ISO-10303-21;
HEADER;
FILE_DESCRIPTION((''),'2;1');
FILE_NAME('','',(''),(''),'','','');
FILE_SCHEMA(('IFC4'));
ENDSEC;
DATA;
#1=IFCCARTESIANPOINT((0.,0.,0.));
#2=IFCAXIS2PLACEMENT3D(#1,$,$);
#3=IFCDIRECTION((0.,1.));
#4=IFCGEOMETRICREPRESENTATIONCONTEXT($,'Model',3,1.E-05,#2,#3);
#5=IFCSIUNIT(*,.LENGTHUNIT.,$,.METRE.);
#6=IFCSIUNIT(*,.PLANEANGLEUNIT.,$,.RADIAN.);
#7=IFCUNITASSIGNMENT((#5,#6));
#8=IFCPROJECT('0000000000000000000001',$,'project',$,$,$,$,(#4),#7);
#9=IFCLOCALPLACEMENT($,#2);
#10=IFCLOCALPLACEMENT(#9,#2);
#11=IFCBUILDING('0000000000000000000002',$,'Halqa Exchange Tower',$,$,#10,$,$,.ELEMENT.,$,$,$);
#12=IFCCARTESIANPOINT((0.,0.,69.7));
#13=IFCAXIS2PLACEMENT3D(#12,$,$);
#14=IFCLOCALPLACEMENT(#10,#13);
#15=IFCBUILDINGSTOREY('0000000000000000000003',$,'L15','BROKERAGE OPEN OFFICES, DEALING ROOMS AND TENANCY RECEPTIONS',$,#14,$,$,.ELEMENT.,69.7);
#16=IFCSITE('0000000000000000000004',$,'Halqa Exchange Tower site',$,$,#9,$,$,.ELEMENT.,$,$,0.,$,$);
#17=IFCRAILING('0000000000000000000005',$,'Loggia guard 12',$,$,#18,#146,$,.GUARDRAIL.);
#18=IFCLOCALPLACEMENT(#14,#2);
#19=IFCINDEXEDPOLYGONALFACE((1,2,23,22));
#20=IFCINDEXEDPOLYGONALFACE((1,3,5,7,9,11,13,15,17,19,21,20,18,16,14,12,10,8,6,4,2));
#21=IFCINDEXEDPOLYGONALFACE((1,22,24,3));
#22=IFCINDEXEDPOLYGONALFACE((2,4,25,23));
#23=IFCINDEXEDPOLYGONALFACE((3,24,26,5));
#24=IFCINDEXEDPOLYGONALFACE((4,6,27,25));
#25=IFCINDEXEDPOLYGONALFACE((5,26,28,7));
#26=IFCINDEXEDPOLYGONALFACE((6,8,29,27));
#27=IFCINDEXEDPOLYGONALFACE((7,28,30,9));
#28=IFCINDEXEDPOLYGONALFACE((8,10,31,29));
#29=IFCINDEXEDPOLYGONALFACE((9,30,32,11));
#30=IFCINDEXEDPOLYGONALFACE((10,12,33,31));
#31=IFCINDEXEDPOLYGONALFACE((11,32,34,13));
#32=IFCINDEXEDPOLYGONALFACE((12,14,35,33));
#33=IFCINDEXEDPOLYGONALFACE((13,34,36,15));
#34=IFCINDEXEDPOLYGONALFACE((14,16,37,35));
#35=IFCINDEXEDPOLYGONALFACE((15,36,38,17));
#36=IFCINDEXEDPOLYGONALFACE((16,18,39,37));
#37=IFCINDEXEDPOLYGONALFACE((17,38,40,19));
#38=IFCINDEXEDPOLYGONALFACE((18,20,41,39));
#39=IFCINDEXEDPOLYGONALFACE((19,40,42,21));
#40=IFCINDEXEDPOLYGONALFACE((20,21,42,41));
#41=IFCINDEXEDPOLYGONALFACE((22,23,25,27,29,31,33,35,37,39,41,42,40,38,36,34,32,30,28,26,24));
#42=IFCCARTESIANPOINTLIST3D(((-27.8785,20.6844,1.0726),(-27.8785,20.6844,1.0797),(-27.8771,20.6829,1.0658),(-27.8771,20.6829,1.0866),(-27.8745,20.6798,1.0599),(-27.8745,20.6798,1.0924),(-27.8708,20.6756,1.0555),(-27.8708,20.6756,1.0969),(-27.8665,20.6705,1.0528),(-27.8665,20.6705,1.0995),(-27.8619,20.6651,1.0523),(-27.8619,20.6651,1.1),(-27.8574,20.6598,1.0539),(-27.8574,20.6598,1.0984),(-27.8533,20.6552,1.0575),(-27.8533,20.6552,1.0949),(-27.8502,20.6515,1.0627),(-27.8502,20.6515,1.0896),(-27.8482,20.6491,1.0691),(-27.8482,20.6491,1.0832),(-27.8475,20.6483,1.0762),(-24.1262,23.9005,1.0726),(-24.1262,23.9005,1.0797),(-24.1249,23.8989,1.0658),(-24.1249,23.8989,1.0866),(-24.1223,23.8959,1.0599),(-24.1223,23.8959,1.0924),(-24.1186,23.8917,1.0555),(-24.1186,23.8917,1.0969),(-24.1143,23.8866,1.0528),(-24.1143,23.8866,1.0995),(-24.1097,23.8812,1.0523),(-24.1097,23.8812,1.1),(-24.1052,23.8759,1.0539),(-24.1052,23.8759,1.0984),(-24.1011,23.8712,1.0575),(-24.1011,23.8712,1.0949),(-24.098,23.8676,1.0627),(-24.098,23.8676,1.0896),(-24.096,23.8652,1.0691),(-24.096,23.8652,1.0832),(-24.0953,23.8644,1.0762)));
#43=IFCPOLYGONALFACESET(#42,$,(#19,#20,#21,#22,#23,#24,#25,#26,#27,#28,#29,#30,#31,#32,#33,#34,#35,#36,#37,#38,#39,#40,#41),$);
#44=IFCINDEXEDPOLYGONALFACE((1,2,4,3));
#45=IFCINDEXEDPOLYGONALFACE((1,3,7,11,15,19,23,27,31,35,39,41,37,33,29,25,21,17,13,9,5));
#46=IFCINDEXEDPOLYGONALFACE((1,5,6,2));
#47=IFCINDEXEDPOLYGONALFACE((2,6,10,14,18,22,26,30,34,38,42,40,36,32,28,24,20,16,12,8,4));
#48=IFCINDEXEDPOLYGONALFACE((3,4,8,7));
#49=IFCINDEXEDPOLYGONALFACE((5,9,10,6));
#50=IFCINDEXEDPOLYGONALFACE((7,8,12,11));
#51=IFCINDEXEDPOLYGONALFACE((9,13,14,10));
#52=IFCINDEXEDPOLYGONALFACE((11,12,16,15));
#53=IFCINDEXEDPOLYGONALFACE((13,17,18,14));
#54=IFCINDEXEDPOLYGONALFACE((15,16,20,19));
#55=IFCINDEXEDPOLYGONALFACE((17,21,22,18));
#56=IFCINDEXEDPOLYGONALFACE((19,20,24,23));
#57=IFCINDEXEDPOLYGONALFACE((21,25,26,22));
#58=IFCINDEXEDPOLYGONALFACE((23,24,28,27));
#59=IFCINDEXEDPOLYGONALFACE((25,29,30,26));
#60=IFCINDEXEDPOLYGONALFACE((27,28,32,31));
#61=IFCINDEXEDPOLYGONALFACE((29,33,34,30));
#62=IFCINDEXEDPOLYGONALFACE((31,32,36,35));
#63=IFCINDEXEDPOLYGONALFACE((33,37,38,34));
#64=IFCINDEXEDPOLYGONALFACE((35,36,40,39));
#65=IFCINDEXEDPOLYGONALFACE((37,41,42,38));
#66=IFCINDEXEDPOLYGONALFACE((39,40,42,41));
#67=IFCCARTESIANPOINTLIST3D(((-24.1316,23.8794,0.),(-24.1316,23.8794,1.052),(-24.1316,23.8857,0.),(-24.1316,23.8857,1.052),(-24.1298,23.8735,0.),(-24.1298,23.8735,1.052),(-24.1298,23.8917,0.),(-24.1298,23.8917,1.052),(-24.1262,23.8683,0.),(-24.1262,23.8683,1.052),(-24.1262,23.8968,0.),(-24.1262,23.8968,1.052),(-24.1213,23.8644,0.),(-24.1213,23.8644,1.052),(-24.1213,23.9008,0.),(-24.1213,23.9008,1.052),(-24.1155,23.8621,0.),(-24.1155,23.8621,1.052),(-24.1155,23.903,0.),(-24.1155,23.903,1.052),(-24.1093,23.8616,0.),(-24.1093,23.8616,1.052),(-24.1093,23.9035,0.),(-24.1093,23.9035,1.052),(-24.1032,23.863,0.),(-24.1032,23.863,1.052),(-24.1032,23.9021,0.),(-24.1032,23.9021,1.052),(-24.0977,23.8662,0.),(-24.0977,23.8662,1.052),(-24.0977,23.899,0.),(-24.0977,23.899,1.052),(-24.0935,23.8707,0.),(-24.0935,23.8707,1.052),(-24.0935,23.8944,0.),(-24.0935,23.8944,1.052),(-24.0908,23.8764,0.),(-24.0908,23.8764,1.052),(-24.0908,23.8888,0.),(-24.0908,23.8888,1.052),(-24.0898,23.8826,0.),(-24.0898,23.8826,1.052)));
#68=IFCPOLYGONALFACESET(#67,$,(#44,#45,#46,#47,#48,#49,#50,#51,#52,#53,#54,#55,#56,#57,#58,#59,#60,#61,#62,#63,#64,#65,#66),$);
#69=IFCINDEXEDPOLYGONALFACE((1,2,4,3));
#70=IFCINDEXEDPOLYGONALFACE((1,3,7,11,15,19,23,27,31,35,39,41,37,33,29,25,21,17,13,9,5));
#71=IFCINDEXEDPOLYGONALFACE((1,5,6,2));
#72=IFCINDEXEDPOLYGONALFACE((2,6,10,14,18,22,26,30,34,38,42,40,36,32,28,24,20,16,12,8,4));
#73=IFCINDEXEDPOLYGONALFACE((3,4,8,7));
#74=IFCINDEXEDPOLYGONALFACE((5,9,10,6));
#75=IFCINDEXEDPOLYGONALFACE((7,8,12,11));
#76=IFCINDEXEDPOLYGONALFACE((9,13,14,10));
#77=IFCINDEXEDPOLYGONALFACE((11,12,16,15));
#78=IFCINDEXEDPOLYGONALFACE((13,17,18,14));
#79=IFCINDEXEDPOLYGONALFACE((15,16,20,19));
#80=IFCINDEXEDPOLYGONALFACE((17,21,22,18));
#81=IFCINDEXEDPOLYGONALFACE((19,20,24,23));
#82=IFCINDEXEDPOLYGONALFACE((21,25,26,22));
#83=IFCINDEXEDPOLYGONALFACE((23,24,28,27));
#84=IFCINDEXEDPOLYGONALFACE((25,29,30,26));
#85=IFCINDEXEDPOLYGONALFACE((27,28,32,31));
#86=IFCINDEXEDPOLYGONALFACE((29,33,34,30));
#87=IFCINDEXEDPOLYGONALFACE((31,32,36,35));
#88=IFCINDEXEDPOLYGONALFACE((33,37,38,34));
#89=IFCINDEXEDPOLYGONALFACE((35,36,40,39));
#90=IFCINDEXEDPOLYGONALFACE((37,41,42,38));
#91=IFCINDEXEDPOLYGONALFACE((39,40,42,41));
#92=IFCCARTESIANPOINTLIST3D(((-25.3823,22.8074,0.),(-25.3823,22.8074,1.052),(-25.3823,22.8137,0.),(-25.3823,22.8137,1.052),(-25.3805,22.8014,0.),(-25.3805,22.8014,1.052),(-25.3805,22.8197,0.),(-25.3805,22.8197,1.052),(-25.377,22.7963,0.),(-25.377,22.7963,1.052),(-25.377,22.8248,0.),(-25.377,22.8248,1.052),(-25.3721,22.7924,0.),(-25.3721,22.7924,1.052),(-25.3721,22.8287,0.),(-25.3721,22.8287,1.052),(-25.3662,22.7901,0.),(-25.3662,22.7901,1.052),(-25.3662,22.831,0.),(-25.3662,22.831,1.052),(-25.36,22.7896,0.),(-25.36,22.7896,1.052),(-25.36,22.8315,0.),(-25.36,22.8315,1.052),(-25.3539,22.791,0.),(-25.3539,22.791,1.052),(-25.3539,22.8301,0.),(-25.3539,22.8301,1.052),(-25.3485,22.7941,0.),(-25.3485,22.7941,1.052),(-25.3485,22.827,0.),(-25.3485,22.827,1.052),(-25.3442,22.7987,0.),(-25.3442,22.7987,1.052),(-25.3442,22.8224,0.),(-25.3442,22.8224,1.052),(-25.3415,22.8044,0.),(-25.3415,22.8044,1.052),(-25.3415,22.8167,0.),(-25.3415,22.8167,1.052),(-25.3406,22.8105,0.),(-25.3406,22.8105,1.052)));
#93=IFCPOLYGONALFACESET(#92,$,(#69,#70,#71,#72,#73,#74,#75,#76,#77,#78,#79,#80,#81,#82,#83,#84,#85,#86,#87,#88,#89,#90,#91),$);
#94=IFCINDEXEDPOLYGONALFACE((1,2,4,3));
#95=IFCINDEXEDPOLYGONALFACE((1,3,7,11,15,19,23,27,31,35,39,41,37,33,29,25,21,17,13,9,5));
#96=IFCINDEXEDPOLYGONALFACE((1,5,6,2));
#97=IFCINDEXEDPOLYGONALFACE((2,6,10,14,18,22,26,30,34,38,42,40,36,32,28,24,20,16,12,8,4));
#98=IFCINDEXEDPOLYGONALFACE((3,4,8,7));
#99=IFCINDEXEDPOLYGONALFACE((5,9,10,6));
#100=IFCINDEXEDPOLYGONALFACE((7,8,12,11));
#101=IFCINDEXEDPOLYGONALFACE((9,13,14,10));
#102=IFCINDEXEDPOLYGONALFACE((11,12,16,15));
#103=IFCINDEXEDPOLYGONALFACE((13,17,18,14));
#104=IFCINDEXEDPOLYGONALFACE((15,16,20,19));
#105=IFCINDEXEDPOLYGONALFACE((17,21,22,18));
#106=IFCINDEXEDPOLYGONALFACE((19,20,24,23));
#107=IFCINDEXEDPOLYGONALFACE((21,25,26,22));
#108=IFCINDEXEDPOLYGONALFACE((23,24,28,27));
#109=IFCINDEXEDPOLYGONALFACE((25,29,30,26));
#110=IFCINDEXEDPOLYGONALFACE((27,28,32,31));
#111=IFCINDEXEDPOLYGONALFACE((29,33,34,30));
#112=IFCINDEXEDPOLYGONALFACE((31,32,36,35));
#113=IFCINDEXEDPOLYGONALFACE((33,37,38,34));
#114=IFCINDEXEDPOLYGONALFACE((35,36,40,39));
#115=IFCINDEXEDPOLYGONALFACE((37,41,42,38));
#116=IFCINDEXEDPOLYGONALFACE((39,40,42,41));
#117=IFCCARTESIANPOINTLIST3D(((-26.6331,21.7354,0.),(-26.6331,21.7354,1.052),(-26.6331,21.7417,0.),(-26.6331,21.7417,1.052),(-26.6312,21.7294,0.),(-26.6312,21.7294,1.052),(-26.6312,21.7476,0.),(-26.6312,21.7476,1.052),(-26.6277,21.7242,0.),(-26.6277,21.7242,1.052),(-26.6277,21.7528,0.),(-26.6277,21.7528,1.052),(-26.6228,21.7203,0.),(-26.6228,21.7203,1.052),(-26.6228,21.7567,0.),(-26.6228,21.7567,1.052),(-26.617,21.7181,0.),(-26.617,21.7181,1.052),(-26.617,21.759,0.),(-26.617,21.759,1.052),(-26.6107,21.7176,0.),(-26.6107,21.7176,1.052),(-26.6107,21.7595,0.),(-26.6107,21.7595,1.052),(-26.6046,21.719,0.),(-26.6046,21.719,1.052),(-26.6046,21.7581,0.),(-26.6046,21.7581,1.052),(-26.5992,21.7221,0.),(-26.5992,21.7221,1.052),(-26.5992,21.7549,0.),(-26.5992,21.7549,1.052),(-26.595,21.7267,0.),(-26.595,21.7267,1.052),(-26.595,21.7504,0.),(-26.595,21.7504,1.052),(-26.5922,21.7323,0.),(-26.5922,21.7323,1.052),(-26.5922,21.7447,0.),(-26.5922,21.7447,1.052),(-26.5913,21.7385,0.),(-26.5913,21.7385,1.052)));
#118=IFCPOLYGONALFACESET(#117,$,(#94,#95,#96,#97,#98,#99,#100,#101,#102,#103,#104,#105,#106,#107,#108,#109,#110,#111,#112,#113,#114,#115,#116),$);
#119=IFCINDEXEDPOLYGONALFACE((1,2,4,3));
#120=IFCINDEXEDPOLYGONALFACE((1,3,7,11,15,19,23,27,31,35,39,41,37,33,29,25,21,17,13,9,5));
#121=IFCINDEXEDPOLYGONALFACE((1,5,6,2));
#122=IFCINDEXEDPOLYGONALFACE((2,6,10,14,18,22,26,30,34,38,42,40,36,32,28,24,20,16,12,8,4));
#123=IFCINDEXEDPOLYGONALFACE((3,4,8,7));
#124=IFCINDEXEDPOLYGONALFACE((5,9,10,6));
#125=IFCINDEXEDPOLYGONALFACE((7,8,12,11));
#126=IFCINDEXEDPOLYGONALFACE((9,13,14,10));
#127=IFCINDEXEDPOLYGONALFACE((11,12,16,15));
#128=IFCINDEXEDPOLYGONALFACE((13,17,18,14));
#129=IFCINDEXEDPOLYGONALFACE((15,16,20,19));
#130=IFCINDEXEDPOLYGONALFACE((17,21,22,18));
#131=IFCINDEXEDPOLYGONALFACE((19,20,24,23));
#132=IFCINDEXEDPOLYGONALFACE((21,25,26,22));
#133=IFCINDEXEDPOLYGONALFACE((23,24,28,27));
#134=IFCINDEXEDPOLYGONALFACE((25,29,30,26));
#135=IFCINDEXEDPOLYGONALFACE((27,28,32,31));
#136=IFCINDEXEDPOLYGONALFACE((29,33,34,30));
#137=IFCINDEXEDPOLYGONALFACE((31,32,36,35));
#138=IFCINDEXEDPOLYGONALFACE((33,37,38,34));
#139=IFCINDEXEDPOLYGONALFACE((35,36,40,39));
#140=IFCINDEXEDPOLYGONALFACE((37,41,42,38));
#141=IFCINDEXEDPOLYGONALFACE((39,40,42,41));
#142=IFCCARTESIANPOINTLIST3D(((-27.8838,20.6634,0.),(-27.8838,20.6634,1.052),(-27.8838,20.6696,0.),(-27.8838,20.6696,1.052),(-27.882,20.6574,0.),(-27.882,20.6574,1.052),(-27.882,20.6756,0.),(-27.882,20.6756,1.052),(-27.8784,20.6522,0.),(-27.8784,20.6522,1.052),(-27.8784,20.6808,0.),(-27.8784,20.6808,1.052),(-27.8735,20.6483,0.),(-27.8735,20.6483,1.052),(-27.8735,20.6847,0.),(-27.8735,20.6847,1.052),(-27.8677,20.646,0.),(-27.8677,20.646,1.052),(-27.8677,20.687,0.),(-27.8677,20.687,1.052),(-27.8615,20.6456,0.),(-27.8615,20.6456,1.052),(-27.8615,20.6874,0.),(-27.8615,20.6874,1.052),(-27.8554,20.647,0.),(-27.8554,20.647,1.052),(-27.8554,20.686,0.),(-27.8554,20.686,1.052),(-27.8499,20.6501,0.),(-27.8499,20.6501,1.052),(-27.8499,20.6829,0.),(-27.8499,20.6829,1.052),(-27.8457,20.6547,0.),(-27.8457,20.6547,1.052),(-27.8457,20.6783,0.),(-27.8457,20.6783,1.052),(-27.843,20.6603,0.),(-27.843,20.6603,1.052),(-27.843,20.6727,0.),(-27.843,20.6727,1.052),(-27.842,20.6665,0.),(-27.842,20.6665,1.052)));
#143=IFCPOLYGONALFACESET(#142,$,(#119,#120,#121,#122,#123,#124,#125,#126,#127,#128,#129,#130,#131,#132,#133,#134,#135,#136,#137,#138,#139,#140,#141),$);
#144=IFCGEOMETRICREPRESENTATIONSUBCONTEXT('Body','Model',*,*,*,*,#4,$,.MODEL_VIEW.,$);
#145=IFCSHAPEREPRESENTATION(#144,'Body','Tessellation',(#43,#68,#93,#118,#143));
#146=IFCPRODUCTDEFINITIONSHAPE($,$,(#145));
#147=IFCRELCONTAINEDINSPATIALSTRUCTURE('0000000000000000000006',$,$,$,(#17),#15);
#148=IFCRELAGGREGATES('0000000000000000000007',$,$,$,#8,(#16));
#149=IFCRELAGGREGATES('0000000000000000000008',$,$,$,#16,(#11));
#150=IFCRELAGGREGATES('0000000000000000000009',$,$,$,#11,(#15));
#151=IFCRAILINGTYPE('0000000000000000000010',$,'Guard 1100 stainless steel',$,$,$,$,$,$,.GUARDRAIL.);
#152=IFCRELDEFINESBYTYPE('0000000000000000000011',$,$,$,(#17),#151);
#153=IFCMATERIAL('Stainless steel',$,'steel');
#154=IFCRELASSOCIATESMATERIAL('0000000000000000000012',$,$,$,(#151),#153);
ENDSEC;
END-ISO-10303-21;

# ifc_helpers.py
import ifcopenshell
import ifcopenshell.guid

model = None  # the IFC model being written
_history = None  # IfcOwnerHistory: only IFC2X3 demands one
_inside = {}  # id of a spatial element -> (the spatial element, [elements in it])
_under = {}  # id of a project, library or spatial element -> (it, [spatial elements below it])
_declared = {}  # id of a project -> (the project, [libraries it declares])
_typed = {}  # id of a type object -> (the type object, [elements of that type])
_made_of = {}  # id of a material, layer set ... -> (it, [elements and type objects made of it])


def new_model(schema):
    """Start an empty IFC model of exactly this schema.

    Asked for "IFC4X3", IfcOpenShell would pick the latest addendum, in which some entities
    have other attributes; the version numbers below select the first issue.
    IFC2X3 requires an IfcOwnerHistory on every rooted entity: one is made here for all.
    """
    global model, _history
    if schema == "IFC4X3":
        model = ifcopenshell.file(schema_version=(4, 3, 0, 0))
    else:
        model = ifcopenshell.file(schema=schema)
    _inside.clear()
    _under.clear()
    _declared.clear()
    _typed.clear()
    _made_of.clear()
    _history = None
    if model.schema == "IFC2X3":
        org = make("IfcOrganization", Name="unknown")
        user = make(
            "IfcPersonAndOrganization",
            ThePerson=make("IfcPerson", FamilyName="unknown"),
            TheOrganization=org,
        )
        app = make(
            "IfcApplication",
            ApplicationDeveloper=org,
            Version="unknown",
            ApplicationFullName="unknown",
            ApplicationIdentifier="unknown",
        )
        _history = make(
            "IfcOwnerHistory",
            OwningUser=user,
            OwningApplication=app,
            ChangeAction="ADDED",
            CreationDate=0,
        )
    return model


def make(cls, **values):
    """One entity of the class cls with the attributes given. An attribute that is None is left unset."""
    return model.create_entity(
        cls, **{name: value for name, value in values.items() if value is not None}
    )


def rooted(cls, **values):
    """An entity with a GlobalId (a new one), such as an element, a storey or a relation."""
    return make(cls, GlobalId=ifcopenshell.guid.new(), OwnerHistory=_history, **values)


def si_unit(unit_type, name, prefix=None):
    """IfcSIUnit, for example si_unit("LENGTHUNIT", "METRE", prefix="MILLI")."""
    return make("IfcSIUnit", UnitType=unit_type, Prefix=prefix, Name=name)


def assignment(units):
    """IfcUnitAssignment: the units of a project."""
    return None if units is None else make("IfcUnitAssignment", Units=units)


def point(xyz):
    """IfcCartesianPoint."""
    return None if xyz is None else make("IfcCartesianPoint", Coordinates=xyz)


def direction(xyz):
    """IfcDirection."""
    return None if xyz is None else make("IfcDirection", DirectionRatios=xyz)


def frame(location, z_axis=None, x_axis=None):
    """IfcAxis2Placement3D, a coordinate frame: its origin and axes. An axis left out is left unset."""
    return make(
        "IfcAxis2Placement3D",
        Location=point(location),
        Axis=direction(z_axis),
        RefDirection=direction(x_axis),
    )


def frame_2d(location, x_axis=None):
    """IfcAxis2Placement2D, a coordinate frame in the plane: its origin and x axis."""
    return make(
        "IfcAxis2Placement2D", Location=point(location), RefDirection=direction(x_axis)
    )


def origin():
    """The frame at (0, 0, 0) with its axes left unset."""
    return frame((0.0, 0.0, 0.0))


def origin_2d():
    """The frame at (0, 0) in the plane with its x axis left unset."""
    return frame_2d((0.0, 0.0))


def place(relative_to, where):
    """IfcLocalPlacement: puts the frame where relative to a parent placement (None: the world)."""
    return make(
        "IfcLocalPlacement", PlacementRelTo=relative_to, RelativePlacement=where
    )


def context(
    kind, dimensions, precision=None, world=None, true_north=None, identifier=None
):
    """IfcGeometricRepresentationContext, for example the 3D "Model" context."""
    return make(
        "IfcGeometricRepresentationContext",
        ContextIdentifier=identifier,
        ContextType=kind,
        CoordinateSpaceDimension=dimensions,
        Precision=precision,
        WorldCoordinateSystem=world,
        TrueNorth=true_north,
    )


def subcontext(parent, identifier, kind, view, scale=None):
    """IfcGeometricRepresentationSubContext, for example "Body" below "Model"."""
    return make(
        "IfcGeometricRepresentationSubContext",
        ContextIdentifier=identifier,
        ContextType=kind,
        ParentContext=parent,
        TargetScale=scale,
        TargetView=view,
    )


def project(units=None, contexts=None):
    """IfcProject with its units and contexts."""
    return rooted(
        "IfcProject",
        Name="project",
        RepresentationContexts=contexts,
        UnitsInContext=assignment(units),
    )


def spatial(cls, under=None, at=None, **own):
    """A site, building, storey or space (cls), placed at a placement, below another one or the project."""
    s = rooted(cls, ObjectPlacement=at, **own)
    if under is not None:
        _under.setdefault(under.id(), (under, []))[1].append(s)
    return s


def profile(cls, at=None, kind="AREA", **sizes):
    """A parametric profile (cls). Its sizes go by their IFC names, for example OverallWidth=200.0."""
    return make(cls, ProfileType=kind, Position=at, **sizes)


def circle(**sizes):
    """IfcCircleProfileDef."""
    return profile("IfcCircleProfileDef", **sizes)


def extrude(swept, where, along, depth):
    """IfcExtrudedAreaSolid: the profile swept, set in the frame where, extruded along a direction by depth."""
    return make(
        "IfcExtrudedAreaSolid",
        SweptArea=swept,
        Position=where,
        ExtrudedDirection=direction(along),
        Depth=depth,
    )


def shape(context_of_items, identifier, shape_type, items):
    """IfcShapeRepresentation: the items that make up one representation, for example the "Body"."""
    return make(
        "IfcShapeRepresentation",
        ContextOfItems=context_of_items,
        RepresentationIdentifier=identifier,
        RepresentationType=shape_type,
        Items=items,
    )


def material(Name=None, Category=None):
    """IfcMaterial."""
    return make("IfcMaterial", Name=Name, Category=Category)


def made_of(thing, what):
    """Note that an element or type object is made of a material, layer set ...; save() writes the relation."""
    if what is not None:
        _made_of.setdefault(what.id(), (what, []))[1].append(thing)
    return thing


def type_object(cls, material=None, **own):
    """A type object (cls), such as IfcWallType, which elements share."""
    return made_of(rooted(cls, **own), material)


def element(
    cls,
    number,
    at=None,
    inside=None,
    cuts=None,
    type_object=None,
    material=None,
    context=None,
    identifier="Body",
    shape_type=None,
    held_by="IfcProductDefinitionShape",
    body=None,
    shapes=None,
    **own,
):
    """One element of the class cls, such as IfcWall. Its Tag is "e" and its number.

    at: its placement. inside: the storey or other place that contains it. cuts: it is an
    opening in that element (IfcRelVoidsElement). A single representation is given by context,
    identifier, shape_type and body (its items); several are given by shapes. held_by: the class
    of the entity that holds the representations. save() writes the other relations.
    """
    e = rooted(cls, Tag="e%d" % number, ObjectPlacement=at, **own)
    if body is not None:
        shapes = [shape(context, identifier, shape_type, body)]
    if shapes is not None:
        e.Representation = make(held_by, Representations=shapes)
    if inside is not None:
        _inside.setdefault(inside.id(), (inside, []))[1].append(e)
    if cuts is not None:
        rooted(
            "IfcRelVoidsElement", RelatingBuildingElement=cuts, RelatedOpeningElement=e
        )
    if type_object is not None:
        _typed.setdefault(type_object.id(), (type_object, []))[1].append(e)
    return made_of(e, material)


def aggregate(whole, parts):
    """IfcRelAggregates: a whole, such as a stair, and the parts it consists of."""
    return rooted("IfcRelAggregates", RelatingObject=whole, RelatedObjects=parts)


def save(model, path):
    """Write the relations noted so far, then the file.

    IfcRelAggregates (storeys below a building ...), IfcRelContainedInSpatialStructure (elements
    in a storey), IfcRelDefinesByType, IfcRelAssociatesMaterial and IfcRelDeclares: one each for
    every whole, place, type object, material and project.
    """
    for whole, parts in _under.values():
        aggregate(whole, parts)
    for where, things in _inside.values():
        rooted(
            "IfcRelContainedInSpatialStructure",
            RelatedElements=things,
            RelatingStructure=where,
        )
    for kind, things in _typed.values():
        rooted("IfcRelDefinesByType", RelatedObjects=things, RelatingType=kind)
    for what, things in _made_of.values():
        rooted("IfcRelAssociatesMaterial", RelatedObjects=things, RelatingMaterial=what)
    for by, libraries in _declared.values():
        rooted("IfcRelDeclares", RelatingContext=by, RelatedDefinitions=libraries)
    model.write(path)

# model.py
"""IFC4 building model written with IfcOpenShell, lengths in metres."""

from ifc_helpers import new_model, si_unit, direction, frame, origin, origin_2d, place, context, subcontext, project, spatial, circle, extrude, material, type_object, element, save


model = new_model("IFC4")

# Units and contexts
model_context = context("Model", 3, precision=1e-05, world=origin(), true_north=direction((0.0, 1.0)))
body_context = subcontext(model_context, "Body", "Model", "MODEL_VIEW")
ifc_project = project(units=[si_unit("LENGTHUNIT", "METRE"), si_unit("PLANEANGLEUNIT", "RADIAN")], contexts=[model_context])

# Site, building, storey
site_placement = place(None, origin())
site = spatial("IfcSite", under=ifc_project, at=site_placement, Name="Halqa Exchange Tower site", CompositionType="ELEMENT", RefElevation=0.0)
building_placement = place(site_placement, origin())
building = spatial("IfcBuilding", under=site, at=building_placement, Name="Halqa Exchange Tower", CompositionType="ELEMENT")
storey_placement = place(building_placement, frame((0.0, 0.0, 69.7)))
storey = spatial("IfcBuildingStorey", under=building, at=storey_placement, Name="L15", Description="BROKERAGE OPEN OFFICES, DEALING ROOMS AND TENANCY RECEPTIONS", CompositionType="ELEMENT", Elevation=69.7)

# Railing
ifc_material_1 = material(Name="Stainless steel", Category="steel")
railing_type = type_object("IfcRailingType", Name="Guard 1100 stainless steel", PredefinedType="GUARDRAIL", material=ifc_material_1)
railing_1_placement = place(storey_placement, frame((-24.1108, 23.8826, 0.0)))
element("IfcRailing", 1, at=railing_1_placement, inside=storey, type_object=railing_type, Name="Loggia guard 12", PredefinedType="GUARDRAIL", context=body_context, shape_type="SweptSolid", body=[
    extrude(circle(Radius=0.0239, at=origin_2d()), frame((0.0, 0.0, 1.0762), z_axis=(-0.759267, -0.650779, 0.0), x_axis=(0.650779, -0.759267, 0.0)), (0.0, 0.0, 1.0), 4.9419),
    extrude(circle(Radius=0.021, at=origin_2d()), origin(), (0.0, 0.0, 1.0), 1.052),
    extrude(circle(Radius=0.021, at=origin_2d()), frame((-1.2507, -1.072, 0.0)), (0.0, 0.0, 1.0), 1.052),
    extrude(circle(Radius=0.021, at=origin_2d()), frame((-2.5015, -2.144, 0.0)), (0.0, 0.0, 1.0), 1.052),
    extrude(circle(Radius=0.021, at=origin_2d()), frame((-3.7522, -3.2161, 0.0)), (0.0, 0.0, 1.0), 1.052),
])

save(model, "model.ifc")
